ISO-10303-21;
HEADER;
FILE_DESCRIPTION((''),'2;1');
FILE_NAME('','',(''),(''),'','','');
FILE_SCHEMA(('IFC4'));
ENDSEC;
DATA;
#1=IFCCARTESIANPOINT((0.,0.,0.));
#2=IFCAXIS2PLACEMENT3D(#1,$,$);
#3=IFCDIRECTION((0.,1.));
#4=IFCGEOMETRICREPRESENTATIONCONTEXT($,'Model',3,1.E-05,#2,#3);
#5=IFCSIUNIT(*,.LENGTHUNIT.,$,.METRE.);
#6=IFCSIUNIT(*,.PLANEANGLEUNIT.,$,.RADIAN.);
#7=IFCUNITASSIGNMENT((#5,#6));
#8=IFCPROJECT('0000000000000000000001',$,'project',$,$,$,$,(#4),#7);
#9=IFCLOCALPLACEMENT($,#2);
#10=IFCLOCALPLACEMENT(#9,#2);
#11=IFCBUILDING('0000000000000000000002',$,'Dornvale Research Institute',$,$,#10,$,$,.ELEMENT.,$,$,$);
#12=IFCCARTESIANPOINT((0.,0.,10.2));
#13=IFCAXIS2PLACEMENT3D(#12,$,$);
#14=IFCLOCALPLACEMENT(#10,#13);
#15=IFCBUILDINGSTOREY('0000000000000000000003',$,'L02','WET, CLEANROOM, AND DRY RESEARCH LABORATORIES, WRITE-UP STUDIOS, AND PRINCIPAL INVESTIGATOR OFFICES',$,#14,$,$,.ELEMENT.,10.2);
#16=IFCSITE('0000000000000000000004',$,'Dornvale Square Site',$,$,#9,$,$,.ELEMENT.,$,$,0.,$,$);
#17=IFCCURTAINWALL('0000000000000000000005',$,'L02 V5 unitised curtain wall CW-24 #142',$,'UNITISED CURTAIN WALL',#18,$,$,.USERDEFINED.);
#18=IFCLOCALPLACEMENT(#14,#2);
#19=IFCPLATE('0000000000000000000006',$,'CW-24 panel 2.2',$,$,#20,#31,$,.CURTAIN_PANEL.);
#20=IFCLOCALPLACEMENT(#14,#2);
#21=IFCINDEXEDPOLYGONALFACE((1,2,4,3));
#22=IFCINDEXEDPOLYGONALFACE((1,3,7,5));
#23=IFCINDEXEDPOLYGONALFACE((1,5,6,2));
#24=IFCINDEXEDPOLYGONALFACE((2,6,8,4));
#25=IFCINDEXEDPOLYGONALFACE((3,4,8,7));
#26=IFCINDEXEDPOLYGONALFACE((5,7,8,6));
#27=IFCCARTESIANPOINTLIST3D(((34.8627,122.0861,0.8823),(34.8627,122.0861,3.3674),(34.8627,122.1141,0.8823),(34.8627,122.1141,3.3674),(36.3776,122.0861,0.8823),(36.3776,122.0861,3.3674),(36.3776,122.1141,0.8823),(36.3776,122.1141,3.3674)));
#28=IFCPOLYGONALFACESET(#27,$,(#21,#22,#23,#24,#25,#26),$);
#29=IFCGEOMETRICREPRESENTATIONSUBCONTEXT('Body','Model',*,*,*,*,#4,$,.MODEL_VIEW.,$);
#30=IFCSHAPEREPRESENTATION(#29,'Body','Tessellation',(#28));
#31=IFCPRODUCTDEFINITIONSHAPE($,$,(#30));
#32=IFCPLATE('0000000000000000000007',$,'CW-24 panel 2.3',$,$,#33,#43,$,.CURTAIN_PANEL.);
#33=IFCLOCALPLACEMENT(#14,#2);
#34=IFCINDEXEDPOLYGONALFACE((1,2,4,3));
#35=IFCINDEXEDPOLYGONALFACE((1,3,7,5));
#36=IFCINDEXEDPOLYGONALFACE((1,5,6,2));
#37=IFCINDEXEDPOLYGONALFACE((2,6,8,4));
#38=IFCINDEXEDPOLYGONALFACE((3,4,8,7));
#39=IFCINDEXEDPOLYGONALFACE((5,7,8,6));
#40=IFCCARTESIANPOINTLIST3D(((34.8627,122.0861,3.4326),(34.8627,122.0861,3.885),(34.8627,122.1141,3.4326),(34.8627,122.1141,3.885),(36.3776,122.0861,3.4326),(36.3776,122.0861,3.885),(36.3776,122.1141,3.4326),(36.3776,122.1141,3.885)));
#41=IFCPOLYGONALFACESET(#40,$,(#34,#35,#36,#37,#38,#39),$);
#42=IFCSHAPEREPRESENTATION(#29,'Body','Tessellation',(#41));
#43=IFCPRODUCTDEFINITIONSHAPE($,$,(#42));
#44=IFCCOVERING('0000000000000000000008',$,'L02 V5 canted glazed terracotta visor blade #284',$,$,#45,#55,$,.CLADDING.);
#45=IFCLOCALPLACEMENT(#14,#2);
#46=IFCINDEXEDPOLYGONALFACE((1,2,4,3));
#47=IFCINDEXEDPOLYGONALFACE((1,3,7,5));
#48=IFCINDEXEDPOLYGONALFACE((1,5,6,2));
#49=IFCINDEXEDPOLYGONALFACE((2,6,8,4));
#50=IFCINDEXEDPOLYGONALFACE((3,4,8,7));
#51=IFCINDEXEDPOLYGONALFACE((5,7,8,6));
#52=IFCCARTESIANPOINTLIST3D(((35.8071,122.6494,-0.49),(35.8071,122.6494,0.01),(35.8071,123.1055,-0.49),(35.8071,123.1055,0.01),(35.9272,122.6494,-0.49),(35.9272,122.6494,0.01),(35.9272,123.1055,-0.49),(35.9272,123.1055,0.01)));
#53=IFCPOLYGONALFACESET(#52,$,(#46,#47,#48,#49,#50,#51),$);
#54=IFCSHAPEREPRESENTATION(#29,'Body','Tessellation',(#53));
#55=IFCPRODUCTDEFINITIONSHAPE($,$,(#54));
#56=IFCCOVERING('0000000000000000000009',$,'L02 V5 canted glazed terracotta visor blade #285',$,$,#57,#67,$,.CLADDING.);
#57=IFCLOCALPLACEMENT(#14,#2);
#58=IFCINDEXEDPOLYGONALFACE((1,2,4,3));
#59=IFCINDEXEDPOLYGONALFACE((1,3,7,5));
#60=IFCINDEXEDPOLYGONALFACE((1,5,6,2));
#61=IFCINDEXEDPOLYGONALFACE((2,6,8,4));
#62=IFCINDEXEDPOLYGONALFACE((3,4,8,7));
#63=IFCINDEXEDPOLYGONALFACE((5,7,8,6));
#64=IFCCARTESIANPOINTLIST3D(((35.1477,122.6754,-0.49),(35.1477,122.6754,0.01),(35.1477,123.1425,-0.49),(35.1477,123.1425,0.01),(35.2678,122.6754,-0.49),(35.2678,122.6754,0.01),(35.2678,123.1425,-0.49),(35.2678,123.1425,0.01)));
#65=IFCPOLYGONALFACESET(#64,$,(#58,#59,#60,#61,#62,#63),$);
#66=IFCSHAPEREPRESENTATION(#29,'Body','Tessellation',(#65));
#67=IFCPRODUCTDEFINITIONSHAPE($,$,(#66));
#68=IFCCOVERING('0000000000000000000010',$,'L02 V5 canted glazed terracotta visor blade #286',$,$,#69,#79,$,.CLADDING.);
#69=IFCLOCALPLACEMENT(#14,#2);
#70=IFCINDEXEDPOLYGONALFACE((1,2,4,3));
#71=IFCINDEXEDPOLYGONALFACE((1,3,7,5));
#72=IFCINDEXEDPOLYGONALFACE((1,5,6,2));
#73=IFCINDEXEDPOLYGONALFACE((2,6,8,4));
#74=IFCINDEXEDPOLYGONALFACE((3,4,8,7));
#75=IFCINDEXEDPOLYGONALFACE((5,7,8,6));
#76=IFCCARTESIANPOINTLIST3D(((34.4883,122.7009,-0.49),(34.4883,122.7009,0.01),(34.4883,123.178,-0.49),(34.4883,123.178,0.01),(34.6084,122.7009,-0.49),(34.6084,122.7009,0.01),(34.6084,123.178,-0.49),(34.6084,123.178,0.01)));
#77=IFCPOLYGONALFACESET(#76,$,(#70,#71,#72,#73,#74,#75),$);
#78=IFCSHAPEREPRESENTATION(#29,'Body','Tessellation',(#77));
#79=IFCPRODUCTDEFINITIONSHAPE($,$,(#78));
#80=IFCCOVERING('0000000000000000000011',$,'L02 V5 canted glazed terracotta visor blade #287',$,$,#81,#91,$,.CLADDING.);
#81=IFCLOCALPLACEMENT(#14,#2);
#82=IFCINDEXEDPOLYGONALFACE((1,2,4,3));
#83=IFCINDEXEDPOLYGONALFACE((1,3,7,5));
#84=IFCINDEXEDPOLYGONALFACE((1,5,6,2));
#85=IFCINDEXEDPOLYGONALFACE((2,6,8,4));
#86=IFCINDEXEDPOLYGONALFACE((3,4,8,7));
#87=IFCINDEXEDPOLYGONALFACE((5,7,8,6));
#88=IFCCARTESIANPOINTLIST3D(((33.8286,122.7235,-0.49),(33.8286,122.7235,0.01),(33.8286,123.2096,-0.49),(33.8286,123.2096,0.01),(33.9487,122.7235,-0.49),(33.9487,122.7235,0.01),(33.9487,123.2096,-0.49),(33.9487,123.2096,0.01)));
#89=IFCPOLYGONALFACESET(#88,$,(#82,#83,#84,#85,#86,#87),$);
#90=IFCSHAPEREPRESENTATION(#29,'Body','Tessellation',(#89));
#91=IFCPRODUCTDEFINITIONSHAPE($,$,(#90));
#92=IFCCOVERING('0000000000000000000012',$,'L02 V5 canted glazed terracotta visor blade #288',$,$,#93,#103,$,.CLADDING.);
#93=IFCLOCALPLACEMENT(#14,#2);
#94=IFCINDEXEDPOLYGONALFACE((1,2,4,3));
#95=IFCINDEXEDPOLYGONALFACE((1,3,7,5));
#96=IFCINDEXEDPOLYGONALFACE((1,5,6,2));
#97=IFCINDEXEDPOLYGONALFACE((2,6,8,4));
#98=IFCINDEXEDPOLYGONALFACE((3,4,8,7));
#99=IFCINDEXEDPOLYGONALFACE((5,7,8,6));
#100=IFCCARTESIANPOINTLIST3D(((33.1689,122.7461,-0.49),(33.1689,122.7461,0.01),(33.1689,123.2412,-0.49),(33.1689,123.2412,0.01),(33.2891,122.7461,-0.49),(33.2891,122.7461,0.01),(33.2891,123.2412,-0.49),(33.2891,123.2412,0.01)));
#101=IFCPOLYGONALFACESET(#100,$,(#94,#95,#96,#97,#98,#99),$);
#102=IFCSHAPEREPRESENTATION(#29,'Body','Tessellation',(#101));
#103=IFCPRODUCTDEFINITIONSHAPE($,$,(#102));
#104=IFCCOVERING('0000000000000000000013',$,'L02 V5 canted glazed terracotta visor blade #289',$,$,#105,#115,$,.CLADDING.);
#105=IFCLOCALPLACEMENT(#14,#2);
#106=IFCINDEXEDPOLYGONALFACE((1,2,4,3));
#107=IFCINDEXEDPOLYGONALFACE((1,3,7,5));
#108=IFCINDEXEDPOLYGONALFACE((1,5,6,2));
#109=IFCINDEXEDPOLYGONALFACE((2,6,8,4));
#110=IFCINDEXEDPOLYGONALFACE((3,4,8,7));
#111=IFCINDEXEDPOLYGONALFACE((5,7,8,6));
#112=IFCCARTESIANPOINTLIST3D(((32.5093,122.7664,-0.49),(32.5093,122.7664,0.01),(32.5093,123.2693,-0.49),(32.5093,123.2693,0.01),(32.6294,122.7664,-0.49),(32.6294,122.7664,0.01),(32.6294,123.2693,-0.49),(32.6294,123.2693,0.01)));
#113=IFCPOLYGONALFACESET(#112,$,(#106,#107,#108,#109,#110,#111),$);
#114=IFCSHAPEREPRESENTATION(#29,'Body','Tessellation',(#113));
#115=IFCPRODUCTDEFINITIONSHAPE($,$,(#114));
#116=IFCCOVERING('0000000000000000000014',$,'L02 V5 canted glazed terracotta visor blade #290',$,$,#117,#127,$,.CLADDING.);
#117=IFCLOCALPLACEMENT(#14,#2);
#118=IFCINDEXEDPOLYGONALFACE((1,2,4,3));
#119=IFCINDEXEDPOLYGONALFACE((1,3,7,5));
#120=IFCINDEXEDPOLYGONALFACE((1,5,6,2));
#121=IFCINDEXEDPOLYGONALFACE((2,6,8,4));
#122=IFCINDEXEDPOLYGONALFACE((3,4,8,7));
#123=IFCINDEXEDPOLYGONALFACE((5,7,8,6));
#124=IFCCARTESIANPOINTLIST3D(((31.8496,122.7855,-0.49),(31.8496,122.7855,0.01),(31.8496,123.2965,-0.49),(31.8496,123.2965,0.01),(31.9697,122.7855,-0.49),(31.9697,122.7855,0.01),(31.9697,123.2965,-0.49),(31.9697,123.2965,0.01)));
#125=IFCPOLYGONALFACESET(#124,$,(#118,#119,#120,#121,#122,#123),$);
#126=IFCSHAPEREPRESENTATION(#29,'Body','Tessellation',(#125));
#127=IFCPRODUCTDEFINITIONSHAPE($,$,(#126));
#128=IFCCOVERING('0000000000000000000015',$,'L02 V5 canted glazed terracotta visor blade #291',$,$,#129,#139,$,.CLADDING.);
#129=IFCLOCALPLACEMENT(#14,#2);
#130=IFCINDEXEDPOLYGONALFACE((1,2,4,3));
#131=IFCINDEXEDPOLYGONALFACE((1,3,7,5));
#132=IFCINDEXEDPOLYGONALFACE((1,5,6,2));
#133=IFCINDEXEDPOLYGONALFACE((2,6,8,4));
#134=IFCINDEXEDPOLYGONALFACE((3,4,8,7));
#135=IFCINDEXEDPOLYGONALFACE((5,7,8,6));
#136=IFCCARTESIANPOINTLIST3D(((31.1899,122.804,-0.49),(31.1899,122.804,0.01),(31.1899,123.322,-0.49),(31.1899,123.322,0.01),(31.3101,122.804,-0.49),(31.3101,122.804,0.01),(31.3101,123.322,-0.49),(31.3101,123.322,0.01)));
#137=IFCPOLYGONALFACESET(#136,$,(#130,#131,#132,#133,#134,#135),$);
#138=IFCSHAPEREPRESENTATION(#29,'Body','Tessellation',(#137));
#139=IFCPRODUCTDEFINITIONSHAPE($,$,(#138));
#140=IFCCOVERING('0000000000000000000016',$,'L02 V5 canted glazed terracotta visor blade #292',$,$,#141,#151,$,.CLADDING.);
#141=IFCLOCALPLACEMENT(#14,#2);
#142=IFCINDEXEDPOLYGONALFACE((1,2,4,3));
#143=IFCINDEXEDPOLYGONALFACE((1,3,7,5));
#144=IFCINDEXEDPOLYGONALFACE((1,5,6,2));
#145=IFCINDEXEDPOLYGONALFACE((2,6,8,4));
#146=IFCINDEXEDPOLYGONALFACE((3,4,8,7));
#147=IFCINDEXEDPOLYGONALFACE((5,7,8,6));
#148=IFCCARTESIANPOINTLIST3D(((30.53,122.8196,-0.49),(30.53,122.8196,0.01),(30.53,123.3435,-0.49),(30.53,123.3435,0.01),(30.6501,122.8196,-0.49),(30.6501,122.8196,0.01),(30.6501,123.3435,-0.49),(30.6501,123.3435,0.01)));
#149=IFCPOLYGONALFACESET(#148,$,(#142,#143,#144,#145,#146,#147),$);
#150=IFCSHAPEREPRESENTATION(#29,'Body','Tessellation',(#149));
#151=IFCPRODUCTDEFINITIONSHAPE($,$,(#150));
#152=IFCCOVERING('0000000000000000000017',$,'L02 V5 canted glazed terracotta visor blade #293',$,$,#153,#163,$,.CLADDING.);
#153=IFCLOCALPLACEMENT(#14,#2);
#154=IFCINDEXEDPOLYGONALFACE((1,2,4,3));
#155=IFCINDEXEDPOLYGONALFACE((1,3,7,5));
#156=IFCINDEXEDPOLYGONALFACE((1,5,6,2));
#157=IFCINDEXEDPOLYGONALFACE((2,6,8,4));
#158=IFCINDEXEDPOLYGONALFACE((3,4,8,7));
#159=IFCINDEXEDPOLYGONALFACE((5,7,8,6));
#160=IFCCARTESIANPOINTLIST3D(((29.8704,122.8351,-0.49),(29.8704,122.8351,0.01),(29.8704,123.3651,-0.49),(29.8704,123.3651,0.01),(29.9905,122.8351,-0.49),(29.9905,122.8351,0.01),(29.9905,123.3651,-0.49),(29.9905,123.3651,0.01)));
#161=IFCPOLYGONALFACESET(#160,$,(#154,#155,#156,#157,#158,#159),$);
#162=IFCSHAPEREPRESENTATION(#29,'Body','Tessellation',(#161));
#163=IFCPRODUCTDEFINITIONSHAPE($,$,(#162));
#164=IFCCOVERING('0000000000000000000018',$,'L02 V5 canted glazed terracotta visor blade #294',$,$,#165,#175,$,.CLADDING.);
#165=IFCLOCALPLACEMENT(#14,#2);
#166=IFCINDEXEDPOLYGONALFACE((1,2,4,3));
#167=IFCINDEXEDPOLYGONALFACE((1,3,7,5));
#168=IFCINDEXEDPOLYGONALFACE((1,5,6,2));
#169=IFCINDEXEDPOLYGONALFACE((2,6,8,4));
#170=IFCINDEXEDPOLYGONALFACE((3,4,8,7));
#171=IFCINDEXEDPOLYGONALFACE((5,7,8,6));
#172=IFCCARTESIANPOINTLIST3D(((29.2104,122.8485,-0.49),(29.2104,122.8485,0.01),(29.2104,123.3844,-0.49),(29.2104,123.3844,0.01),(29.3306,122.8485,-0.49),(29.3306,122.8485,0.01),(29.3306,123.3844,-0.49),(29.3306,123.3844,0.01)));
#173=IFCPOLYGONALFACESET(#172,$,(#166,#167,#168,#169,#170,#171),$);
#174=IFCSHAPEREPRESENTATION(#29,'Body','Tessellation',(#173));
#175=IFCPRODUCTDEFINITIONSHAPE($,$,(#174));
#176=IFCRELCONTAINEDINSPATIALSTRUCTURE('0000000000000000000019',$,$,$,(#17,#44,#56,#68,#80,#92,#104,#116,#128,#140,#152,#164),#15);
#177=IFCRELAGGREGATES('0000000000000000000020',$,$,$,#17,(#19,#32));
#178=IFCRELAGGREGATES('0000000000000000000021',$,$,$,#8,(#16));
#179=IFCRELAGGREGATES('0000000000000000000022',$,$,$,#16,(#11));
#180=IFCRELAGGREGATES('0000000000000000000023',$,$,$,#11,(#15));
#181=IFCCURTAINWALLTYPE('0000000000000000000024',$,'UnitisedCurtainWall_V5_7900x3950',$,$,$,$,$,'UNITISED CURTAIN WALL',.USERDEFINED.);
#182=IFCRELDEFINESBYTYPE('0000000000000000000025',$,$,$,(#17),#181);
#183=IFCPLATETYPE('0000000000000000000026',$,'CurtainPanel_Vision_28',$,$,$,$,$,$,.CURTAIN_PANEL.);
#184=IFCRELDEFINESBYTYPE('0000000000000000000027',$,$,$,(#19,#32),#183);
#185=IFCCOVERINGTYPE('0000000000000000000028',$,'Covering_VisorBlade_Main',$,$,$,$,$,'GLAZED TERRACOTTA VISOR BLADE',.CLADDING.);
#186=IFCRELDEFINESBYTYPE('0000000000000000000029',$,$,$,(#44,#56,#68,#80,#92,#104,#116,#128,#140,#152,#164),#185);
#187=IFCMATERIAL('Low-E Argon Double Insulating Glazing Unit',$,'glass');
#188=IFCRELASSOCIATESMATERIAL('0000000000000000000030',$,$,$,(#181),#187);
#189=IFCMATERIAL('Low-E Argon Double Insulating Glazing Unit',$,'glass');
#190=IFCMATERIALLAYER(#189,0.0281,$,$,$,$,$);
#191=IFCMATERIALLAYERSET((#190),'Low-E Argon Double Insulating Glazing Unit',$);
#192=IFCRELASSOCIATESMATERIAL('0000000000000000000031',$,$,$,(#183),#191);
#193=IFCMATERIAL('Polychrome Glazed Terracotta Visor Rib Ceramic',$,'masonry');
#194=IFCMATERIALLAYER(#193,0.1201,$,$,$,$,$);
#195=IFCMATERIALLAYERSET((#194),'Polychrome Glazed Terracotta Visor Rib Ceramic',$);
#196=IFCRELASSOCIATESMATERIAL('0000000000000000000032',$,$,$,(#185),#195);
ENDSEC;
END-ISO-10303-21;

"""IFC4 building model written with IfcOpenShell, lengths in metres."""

from ifc_helpers import new_model, si_unit, direction, frame, origin, origin_2d, place, context, subcontext, project, spatial, rectangle, extrude, material, layer, layer_set, type_object, element, aggregate, save


model = new_model("IFC4")

# Units and contexts
model_context = context("Model", 3, precision=1e-05, world=origin(), true_north=direction((0.0, 1.0)))
body_context = subcontext(model_context, "Body", "Model", "MODEL_VIEW")
ifc_project = project(units=[si_unit("LENGTHUNIT", "METRE"), si_unit("PLANEANGLEUNIT", "RADIAN")], contexts=[model_context])

# Site, building, storey
site_placement = place(None, origin())
site = spatial("IfcSite", under=ifc_project, at=site_placement, Name="Dornvale Square Site", CompositionType="ELEMENT", RefElevation=0.0)
building_placement = place(site_placement, origin())
building = spatial("IfcBuilding", under=site, at=building_placement, Name="Dornvale Research Institute", CompositionType="ELEMENT")
storey_placement = place(building_placement, frame((0.0, 0.0, 10.2)))
storey = spatial("IfcBuildingStorey", under=building, at=storey_placement, Name="L02", Description="WET, CLEANROOM, AND DRY RESEARCH LABORATORIES, WRITE-UP STUDIOS, AND PRINCIPAL INVESTIGATOR OFFICES", CompositionType="ELEMENT", Elevation=10.2)

# Curtain wall, plates
ifc_material_1 = material(Name="Low-E Argon Double Insulating Glazing Unit", Category="glass")
curtain_wall_type = type_object("IfcCurtainWallType", Name="UnitisedCurtainWall_V5_7900x3950", ElementType="UNITISED CURTAIN WALL", PredefinedType="USERDEFINED", material=ifc_material_1)
curtain_wall_placement = place(storey_placement, origin())
curtain_wall = element("IfcCurtainWall", 1, at=curtain_wall_placement, inside=storey, type_object=curtain_wall_type, Name="L02 V5 unitised curtain wall CW-24 #142", ObjectType="UNITISED CURTAIN WALL", PredefinedType="USERDEFINED")
ifc_material_2 = material(Name="Low-E Argon Double Insulating Glazing Unit", Category="glass")
ifc_layer_1 = layer(ifc_material_2, 0.0281)
ifc_layer_set_1 = layer_set([ifc_layer_1], Name="Low-E Argon Double Insulating Glazing Unit")
plate_type_1 = type_object("IfcPlateType", Name="CurtainPanel_Vision_28", PredefinedType="CURTAIN_PANEL", material=ifc_layer_set_1)
plate_1_placement = place(storey_placement, frame((35.6201, 122.1001, 0.8823), z_axis=(0.0, 0.0, 1.0), x_axis=(1.0, 0.0, 0.0)))
plate_1 = element("IfcPlate", 2, at=plate_1_placement, type_object=plate_type_1, Name="CW-24 panel 2.2", PredefinedType="CURTAIN_PANEL", context=body_context, shape_type="SweptSolid", body=[
    extrude(rectangle(XDim=1.5149, YDim=0.0281, at=origin_2d()), origin(), (0.0, 0.0, 1.0), 2.4851),
])
plate_2_placement = place(storey_placement, frame((35.6201, 122.1001, 3.4326), z_axis=(0.0, 0.0, 1.0), x_axis=(1.0, 0.0, 0.0)))
plate_2 = element("IfcPlate", 3, at=plate_2_placement, type_object=plate_type_1, Name="CW-24 panel 2.3", PredefinedType="CURTAIN_PANEL", context=body_context, shape_type="SweptSolid", body=[
    extrude(rectangle(XDim=1.5149, YDim=0.0281, at=origin_2d()), origin(), (0.0, 0.0, 1.0), 0.4524),
])
aggregate(curtain_wall, [plate_1, plate_2])

# Coverings
ifc_material_3 = material(Name="Polychrome Glazed Terracotta Visor Rib Ceramic", Category="masonry")
ifc_layer_2 = layer(ifc_material_3, 0.1201)
ifc_layer_set_2 = layer_set([ifc_layer_2], Name="Polychrome Glazed Terracotta Visor Rib Ceramic")
covering_type = type_object("IfcCoveringType", Name="Covering_VisorBlade_Main", ElementType="GLAZED TERRACOTTA VISOR BLADE", PredefinedType="CLADDING", material=ifc_layer_set_2)
covering_1_placement = place(storey_placement, frame((35.8672, 122.8774, -0.49), z_axis=(0.0, 0.0, 1.0), x_axis=(0.0, 1.0, 0.0)))
element("IfcCovering", 4, at=covering_1_placement, inside=storey, type_object=covering_type, Name="L02 V5 canted glazed terracotta visor blade #284", PredefinedType="CLADDING", context=body_context, shape_type="SweptSolid", body=[
    extrude(rectangle(XDim=0.4561, YDim=0.1201, at=origin_2d()), origin(), (0.0, 0.0, 1.0), 0.5),
])
covering_2_placement = place(storey_placement, frame((35.2078, 122.9089, -0.49), z_axis=(0.0, 0.0, 1.0), x_axis=(0.0, 1.0, 0.0)))
element("IfcCovering", 5, at=covering_2_placement, inside=storey, type_object=covering_type, Name="L02 V5 canted glazed terracotta visor blade #285", PredefinedType="CLADDING", context=body_context, shape_type="SweptSolid", body=[
    extrude(rectangle(XDim=0.467, YDim=0.1201, at=origin_2d()), origin(), (0.0, 0.0, 1.0), 0.5),
])
covering_3_placement = place(storey_placement, frame((34.5483, 122.9395, -0.49), z_axis=(0.0, 0.0, 1.0), x_axis=(0.0, 1.0, 0.0)))
element("IfcCovering", 6, at=covering_3_placement, inside=storey, type_object=covering_type, Name="L02 V5 canted glazed terracotta visor blade #286", PredefinedType="CLADDING", context=body_context, shape_type="SweptSolid", body=[
    extrude(rectangle(XDim=0.4771, YDim=0.1201, at=origin_2d()), origin(), (0.0, 0.0, 1.0), 0.5),
])
covering_4_placement = place(storey_placement, frame((33.8887, 122.9666, -0.49), z_axis=(0.0, 0.0, 1.0), x_axis=(0.0, 1.0, 0.0)))
element("IfcCovering", 7, at=covering_4_placement, inside=storey, type_object=covering_type, Name="L02 V5 canted glazed terracotta visor blade #287", PredefinedType="CLADDING", context=body_context, shape_type="SweptSolid", body=[
    extrude(rectangle(XDim=0.4861, YDim=0.1201, at=origin_2d()), origin(), (0.0, 0.0, 1.0), 0.5),
])
covering_5_placement = place(storey_placement, frame((33.229, 122.9937, -0.49), z_axis=(0.0, 0.0, 1.0), x_axis=(0.0, 1.0, 0.0)))
element("IfcCovering", 8, at=covering_5_placement, inside=storey, type_object=covering_type, Name="L02 V5 canted glazed terracotta visor blade #288", PredefinedType="CLADDING", context=body_context, shape_type="SweptSolid", body=[
    extrude(rectangle(XDim=0.4951, YDim=0.1201, at=origin_2d()), origin(), (0.0, 0.0, 1.0), 0.5),
])
covering_6_placement = place(storey_placement, frame((32.5693, 123.0178, -0.49), z_axis=(0.0, 0.0, 1.0), x_axis=(0.0, 1.0, 0.0)))
element("IfcCovering", 9, at=covering_6_placement, inside=storey, type_object=covering_type, Name="L02 V5 canted glazed terracotta visor blade #289", PredefinedType="CLADDING", context=body_context, shape_type="SweptSolid", body=[
    extrude(rectangle(XDim=0.5029, YDim=0.1201, at=origin_2d()), origin(), (0.0, 0.0, 1.0), 0.5),
])
covering_7_placement = place(storey_placement, frame((31.9097, 123.041, -0.49), z_axis=(0.0, 0.0, 1.0), x_axis=(0.0, 1.0, 0.0)))
element("IfcCovering", 10, at=covering_7_placement, inside=storey, type_object=covering_type, Name="L02 V5 canted glazed terracotta visor blade #290", PredefinedType="CLADDING", context=body_context, shape_type="SweptSolid", body=[
    extrude(rectangle(XDim=0.511, YDim=0.1201, at=origin_2d()), origin(), (0.0, 0.0, 1.0), 0.5),
])
covering_8_placement = place(storey_placement, frame((31.25, 123.063, -0.49), z_axis=(0.0, 0.0, 1.0), x_axis=(0.0, 1.0, 0.0)))
element("IfcCovering", 11, at=covering_8_placement, inside=storey, type_object=covering_type, Name="L02 V5 canted glazed terracotta visor blade #291", PredefinedType="CLADDING", context=body_context, shape_type="SweptSolid", body=[
    extrude(rectangle(XDim=0.5181, YDim=0.1201, at=origin_2d()), origin(), (0.0, 0.0, 1.0), 0.5),
])
covering_9_placement = place(storey_placement, frame((30.5901, 123.0815, -0.49), z_axis=(0.0, 0.0, 1.0), x_axis=(0.0, 1.0, 0.0)))
element("IfcCovering", 12, at=covering_9_placement, inside=storey, type_object=covering_type, Name="L02 V5 canted glazed terracotta visor blade #292", PredefinedType="CLADDING", context=body_context, shape_type="SweptSolid", body=[
    extrude(rectangle(XDim=0.5239, YDim=0.1201, at=origin_2d()), origin(), (0.0, 0.0, 1.0), 0.5),
])
covering_10_placement = place(storey_placement, frame((29.9304, 123.1001, -0.49), z_axis=(0.0, 0.0, 1.0), x_axis=(0.0, 1.0, 0.0)))
element("IfcCovering", 13, at=covering_10_placement, inside=storey, type_object=covering_type, Name="L02 V5 canted glazed terracotta visor blade #293", PredefinedType="CLADDING", context=body_context, shape_type="SweptSolid", body=[
    extrude(rectangle(XDim=0.53, YDim=0.1201, at=origin_2d()), origin(), (0.0, 0.0, 1.0), 0.5),
])
covering_11_placement = place(storey_placement, frame((29.2705, 123.1165, -0.49), z_axis=(0.0, 0.0, 1.0), x_axis=(0.0, 1.0, 0.0)))
element("IfcCovering", 14, at=covering_11_placement, inside=storey, type_object=covering_type, Name="L02 V5 canted glazed terracotta visor blade #294", PredefinedType="CLADDING", context=body_context, shape_type="SweptSolid", body=[
    extrude(rectangle(XDim=0.5359, YDim=0.1201, at=origin_2d()), origin(), (0.0, 0.0, 1.0), 0.5),
])

save(model, "model.ifc")
